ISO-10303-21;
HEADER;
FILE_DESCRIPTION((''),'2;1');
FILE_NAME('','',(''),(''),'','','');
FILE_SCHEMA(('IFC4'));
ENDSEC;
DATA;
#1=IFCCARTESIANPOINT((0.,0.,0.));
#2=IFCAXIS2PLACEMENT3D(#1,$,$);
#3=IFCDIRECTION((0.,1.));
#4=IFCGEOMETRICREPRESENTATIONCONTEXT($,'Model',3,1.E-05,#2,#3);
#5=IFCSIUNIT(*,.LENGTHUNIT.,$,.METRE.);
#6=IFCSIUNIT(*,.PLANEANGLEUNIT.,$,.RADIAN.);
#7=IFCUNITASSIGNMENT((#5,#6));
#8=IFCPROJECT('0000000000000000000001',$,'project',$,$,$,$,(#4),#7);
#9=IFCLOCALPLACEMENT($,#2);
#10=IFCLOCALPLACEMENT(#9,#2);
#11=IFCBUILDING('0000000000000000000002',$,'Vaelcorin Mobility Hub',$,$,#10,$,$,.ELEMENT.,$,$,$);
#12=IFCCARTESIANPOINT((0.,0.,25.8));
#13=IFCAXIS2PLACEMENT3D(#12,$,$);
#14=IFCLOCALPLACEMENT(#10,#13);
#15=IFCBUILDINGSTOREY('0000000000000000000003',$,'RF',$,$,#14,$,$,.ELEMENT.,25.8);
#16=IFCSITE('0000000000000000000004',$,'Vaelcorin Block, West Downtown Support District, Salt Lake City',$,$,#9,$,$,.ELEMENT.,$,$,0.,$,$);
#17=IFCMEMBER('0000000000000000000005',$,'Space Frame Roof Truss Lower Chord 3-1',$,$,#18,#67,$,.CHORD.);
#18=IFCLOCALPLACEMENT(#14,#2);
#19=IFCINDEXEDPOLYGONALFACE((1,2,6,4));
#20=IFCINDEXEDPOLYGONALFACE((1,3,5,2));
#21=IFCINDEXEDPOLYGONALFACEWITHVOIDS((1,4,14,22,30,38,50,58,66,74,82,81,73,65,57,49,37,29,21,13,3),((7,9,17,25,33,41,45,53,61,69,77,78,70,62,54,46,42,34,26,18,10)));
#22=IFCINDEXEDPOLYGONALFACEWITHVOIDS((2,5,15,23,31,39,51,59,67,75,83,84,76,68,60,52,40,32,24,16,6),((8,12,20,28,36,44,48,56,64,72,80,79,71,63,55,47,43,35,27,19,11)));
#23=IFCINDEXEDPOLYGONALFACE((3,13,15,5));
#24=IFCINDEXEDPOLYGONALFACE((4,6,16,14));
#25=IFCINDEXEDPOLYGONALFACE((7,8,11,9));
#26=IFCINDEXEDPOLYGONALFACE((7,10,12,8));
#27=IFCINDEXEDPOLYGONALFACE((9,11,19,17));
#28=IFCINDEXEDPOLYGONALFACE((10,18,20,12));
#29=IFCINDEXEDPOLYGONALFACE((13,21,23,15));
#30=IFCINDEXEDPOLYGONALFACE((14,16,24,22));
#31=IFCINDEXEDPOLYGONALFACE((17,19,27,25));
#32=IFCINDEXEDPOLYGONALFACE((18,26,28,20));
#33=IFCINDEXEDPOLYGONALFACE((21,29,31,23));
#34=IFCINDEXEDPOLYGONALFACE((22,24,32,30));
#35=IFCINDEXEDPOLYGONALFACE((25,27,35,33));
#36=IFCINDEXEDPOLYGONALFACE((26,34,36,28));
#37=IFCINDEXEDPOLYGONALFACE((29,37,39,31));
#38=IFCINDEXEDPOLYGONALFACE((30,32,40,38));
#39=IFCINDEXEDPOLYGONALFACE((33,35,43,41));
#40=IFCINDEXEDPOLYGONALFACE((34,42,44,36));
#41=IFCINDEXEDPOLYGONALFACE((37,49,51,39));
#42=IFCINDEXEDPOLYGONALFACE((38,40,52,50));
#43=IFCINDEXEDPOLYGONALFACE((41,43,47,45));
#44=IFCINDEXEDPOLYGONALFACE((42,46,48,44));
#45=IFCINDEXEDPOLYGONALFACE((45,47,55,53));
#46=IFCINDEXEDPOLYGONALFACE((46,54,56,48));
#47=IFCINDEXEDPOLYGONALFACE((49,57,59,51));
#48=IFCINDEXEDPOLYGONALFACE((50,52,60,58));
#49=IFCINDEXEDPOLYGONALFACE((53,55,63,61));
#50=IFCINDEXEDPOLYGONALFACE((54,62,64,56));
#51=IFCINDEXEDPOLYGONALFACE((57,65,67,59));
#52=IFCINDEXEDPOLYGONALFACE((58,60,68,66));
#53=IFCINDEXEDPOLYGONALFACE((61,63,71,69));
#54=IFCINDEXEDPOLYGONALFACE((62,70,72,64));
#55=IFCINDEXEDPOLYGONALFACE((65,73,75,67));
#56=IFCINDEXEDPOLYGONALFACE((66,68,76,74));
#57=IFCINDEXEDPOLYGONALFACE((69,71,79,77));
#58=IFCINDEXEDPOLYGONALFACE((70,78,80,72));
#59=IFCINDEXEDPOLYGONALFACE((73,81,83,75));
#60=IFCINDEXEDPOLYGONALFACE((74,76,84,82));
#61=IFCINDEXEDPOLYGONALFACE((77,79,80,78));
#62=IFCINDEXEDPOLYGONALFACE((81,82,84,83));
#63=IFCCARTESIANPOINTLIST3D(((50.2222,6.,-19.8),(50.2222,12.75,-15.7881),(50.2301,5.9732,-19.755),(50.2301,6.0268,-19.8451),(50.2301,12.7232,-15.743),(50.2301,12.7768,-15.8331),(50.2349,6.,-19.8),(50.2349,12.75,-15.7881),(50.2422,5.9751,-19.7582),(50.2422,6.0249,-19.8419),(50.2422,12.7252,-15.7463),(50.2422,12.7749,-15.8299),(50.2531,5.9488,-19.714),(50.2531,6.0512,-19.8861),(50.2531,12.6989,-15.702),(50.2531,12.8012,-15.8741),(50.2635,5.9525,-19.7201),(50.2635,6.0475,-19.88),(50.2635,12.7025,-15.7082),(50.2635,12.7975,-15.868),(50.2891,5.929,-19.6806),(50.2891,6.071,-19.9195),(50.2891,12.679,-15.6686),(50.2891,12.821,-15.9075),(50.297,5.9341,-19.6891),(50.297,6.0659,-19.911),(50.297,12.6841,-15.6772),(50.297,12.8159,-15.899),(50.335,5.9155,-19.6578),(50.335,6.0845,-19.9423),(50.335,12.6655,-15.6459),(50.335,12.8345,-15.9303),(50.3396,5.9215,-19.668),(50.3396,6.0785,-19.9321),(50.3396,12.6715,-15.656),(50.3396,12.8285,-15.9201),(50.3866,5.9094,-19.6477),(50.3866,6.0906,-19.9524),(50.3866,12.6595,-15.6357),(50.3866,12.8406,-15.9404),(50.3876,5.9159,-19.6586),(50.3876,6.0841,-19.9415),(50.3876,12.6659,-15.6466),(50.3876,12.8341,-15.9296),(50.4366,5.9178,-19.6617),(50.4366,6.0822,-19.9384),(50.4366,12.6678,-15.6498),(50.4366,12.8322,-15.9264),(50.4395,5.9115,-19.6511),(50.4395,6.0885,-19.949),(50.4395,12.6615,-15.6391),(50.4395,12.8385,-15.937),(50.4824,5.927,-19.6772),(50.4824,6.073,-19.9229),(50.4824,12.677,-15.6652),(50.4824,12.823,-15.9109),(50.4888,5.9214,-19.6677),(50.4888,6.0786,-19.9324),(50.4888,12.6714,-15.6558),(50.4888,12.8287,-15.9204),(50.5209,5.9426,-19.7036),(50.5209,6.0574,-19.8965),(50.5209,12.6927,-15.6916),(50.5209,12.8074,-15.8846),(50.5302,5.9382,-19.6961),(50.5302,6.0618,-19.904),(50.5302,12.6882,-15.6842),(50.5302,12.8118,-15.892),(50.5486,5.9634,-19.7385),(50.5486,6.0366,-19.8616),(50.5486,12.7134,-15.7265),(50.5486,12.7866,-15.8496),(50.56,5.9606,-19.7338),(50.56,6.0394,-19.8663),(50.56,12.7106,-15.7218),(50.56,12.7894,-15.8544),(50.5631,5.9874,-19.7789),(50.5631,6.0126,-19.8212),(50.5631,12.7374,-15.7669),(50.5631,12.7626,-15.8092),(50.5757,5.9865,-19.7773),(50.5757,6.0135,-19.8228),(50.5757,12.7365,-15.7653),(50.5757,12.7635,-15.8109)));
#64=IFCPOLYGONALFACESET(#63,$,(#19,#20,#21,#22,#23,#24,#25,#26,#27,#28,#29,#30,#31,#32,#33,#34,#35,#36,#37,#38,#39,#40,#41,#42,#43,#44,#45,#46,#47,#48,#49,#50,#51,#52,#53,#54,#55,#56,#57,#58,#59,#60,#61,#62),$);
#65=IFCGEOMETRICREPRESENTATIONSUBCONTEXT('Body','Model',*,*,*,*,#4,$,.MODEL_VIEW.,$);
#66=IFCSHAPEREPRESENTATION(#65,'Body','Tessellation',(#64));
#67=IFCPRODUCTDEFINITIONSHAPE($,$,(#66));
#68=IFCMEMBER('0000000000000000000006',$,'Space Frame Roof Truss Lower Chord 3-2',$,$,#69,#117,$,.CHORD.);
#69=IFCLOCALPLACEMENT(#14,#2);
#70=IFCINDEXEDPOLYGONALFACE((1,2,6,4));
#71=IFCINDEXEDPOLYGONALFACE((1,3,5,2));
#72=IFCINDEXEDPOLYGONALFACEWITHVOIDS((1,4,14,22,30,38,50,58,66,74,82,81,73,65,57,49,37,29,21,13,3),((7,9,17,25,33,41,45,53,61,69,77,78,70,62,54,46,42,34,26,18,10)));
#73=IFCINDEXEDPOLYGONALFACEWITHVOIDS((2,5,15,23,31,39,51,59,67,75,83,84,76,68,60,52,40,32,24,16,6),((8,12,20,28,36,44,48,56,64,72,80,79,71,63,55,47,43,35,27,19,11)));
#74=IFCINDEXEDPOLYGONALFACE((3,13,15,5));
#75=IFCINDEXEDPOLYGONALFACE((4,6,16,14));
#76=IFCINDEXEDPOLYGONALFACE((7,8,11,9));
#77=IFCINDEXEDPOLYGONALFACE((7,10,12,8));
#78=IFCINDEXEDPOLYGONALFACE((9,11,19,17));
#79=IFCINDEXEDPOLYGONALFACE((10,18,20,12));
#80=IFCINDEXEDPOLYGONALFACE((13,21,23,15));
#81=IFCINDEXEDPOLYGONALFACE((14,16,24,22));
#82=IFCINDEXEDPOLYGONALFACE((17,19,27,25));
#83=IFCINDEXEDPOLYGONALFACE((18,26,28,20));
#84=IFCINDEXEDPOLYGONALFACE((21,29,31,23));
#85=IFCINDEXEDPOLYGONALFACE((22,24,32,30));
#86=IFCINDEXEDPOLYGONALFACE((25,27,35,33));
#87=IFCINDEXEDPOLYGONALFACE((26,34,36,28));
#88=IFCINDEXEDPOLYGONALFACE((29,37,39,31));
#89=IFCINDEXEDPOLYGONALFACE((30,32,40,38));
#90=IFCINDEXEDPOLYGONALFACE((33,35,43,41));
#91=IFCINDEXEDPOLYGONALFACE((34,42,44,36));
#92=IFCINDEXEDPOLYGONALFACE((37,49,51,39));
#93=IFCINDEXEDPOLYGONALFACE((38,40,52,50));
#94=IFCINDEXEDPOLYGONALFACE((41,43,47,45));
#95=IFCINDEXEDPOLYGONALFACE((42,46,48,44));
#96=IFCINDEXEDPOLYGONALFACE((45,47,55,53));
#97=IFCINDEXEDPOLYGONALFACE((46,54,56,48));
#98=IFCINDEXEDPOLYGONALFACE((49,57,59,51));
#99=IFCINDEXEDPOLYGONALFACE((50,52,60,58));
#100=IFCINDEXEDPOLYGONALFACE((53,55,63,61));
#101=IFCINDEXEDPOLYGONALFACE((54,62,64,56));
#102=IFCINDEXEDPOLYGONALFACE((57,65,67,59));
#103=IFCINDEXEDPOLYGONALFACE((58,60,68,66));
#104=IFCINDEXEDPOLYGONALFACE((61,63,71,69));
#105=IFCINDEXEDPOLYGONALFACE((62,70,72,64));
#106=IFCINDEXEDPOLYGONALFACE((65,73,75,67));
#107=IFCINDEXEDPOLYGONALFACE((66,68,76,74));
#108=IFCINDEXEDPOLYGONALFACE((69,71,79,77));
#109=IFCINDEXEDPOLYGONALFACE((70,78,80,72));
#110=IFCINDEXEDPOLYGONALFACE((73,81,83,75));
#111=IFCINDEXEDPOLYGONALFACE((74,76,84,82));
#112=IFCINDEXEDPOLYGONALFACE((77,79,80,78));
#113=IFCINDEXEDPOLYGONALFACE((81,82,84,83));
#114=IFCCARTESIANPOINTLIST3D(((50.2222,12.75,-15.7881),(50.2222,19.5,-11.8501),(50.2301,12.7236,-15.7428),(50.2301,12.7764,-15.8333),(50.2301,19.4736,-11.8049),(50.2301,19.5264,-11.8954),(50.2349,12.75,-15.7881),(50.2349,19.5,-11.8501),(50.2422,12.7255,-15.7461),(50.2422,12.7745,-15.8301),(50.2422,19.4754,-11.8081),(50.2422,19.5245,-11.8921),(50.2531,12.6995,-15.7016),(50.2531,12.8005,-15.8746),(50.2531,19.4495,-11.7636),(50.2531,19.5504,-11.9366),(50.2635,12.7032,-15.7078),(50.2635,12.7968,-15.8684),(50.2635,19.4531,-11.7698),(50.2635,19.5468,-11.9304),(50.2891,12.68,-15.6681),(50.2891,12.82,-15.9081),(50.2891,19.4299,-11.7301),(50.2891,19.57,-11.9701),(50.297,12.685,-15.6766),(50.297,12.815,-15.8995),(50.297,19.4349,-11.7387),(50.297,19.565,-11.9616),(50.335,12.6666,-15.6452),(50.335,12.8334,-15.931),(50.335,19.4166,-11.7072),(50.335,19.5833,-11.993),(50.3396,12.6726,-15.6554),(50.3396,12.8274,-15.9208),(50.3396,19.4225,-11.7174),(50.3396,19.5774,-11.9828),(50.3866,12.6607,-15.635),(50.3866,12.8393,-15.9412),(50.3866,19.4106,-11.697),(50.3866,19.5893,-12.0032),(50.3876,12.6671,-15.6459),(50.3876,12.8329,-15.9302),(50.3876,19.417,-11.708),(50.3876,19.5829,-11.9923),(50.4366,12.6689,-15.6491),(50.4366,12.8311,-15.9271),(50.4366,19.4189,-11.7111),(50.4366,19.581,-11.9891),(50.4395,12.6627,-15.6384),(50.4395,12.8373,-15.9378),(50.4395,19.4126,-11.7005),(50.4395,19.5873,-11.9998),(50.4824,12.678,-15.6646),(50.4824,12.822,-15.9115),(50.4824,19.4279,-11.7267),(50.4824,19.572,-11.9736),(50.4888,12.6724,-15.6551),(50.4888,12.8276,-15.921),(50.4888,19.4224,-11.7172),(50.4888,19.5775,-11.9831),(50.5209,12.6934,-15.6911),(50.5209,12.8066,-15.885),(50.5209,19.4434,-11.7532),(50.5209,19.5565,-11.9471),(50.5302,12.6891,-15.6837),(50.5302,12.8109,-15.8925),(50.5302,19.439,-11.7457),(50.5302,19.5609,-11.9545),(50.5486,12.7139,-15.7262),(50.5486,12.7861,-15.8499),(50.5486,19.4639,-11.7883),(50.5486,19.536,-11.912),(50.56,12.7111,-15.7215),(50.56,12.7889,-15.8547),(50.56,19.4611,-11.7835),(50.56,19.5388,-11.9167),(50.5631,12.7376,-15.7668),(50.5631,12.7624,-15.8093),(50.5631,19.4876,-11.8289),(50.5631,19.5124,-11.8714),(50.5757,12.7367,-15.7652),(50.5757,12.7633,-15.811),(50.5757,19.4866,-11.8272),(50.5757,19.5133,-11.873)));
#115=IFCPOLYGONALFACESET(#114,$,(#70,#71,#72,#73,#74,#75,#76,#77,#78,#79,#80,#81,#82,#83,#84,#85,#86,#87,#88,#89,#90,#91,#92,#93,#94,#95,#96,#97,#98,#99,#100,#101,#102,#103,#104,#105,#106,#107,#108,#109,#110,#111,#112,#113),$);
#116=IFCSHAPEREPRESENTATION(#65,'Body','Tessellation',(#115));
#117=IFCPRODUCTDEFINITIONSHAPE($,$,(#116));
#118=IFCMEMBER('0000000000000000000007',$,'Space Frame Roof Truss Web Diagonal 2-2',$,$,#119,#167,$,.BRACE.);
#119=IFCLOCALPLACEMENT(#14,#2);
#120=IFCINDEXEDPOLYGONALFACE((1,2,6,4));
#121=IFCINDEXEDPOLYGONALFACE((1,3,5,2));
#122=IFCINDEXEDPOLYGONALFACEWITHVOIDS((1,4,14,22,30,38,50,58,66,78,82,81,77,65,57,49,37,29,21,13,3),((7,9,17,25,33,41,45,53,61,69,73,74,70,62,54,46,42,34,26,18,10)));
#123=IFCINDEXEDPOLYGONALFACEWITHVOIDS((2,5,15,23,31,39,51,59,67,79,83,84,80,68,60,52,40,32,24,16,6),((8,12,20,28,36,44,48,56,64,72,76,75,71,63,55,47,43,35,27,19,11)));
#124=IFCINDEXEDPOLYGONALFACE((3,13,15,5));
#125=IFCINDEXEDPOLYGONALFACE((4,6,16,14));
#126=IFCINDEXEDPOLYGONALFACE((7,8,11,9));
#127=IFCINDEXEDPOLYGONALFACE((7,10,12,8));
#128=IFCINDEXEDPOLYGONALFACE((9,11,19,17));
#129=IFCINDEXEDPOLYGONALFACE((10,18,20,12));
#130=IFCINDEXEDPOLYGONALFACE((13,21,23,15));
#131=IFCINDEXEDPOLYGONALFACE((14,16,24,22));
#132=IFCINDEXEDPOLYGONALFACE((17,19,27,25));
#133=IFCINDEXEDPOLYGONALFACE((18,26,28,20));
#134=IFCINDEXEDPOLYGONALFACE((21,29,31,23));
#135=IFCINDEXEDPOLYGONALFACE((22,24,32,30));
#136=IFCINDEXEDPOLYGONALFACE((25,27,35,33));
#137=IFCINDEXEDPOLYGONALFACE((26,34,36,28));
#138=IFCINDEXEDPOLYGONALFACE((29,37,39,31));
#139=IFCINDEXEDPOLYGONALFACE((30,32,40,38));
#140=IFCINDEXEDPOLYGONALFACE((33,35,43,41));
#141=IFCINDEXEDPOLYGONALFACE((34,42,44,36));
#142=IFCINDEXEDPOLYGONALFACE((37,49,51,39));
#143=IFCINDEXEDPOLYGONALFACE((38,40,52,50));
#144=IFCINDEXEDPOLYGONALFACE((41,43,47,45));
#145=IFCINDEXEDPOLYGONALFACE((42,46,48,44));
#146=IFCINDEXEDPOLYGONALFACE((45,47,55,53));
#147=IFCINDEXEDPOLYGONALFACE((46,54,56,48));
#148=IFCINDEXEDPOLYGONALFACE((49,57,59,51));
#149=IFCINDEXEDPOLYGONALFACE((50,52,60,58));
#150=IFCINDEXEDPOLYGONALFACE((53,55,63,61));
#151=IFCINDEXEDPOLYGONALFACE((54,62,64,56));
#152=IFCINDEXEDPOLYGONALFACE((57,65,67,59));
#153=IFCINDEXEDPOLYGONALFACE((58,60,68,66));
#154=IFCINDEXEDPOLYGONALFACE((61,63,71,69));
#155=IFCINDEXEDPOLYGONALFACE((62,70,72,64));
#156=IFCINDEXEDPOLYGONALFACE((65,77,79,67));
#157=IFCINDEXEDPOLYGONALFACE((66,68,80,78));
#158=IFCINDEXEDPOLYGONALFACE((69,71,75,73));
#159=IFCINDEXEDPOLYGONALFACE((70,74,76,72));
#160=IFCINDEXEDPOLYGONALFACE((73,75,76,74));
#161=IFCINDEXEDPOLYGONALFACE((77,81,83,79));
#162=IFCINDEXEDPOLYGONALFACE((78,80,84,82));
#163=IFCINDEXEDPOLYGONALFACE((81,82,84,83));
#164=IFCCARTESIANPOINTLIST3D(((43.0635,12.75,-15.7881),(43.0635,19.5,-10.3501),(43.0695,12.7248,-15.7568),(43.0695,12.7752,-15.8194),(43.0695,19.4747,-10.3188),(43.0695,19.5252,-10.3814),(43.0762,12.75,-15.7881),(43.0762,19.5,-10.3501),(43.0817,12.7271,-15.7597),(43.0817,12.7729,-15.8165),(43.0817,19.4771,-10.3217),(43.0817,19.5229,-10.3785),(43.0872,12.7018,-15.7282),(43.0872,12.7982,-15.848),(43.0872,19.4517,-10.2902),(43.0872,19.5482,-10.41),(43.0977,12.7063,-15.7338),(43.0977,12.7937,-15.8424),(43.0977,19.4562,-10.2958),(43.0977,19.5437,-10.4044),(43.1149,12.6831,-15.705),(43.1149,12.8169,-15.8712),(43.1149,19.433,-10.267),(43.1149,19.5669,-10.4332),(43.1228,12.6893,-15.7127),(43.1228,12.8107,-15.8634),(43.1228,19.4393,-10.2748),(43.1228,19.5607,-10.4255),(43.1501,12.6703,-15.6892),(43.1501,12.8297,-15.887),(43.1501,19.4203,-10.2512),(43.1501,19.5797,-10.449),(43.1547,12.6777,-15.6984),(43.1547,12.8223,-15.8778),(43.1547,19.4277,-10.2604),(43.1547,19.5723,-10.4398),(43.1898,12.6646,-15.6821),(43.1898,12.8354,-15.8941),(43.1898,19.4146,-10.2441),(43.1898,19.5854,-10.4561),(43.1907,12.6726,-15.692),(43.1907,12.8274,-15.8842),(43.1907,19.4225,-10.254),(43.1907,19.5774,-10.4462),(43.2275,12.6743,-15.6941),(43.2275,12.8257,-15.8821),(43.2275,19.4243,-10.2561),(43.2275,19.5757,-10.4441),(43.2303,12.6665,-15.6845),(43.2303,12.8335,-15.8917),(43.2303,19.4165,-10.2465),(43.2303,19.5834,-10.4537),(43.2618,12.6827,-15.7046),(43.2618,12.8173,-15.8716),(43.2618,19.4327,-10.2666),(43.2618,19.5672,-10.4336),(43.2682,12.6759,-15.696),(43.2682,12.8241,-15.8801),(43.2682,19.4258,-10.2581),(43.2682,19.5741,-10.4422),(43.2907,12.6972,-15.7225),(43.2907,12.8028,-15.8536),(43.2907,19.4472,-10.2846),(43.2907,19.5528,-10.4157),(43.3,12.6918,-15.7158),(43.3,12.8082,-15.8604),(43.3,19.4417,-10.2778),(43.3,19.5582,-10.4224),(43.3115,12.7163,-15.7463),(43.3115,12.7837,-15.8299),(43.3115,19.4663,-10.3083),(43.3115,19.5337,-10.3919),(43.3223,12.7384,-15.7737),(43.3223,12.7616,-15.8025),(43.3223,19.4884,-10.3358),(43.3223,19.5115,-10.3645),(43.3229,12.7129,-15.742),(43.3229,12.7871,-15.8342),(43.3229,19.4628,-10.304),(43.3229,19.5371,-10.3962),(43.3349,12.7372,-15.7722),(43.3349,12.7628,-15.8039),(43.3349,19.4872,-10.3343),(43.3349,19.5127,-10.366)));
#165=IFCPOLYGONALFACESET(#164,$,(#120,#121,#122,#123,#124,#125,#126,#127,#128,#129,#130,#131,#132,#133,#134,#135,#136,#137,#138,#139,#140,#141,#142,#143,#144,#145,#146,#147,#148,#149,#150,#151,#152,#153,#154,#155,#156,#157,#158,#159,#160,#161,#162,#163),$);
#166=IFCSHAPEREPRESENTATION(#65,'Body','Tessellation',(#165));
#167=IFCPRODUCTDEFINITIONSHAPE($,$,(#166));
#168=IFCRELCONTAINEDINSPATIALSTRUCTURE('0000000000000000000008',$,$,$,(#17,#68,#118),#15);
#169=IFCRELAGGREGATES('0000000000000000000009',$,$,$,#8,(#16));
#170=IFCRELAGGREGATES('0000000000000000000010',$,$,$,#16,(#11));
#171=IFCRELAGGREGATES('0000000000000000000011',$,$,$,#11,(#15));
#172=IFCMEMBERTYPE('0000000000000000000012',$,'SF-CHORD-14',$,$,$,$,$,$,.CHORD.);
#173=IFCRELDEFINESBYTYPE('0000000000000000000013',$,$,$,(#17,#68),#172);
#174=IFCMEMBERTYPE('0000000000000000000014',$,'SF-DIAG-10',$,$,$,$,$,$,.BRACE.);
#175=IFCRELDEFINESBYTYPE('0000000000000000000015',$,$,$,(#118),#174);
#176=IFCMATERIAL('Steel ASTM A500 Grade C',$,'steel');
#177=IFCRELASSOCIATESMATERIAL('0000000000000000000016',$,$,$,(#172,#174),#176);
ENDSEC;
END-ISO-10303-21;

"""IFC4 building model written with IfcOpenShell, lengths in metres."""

from ifc_helpers import new_model, si_unit, direction, frame, origin, origin_2d, place, context, subcontext, project, spatial, hollow_circle, extrude, material, material_profile, profile_set, type_object, element, save


model = new_model("IFC4")

# Units and contexts
model_context = context("Model", 3, precision=1e-05, world=origin(), true_north=direction((0.0, 1.0)))
body_context = subcontext(model_context, "Body", "Model", "MODEL_VIEW")
ifc_project = project(units=[si_unit("LENGTHUNIT", "METRE"), si_unit("PLANEANGLEUNIT", "RADIAN")], contexts=[model_context])

# Site, building, storey
site_placement = place(None, origin())
site = spatial("IfcSite", under=ifc_project, at=site_placement, Name="Vaelcorin Block, West Downtown Support District, Salt Lake City", CompositionType="ELEMENT", RefElevation=0.0)
building_placement = place(site_placement, origin())
building = spatial("IfcBuilding", under=site, at=building_placement, Name="Vaelcorin Mobility Hub", CompositionType="ELEMENT")
storey_placement = place(building_placement, frame((0.0, 0.0, 25.8)))
storey = spatial("IfcBuildingStorey", under=building, at=storey_placement, Name="RF", CompositionType="ELEMENT", Elevation=25.8)

# Members
ifc_material_1 = material(Name="Steel ASTM A500 Grade C", Category="steel")
ifc_material_profile_1 = material_profile(ifc_material_1, hollow_circle(Radius=0.1777, WallThickness=0.0127, at=origin_2d()), Name="HSS14.000X0.500")
ifc_profile_set_1 = profile_set([ifc_material_profile_1], Name="Steel ASTM A500 Grade C")
member_type_1 = type_object("IfcMemberType", Name="SF-CHORD-14", PredefinedType="CHORD", material=ifc_profile_set_1)
member_1_placement = place(storey_placement, frame((50.3999, 6.0, -19.8), z_axis=(0.0, 0.859623, 0.510929), x_axis=(-1.0, 0.0, 0.0)))
element("IfcMember", 1, at=member_1_placement, inside=storey, type_object=member_type_1, Name="Space Frame Roof Truss Lower Chord 3-1", PredefinedType="CHORD", context=body_context, shape_type="SweptSolid", body=[
    extrude(hollow_circle(Radius=0.1777, WallThickness=0.0127, at=origin_2d()), origin(), (0.0, 0.0, 1.0), 7.8523),
])
member_2_placement = place(storey_placement, frame((50.3999, 12.75, -15.7881), z_axis=(0.0, 0.863752, 0.503918), x_axis=(-1.0, 0.0, 0.0)))
element("IfcMember", 2, at=member_2_placement, inside=storey, type_object=member_type_1, Name="Space Frame Roof Truss Lower Chord 3-2", PredefinedType="CHORD", context=body_context, shape_type="SweptSolid", body=[
    extrude(hollow_circle(Radius=0.1777, WallThickness=0.0127, at=origin_2d()), origin(), (0.0, 0.0, 1.0), 7.8147),
])
ifc_material_profile_2 = material_profile(ifc_material_1, hollow_circle(Radius=0.1365, WallThickness=0.0127, at=origin_2d()), Name="HSS10.750X0.500")
ifc_profile_set_2 = profile_set([ifc_material_profile_2], Name="Steel ASTM A500 Grade C")
member_type_2 = type_object("IfcMemberType", Name="SF-DIAG-10", PredefinedType="BRACE", material=ifc_profile_set_2)
member_3_placement = place(storey_placement, frame((43.2, 12.75, -15.7881), z_axis=(0.0, 0.778726, 0.627364), x_axis=(-1.0, 0.0, 0.0)))
element("IfcMember", 3, at=member_3_placement, inside=storey, type_object=member_type_2, Name="Space Frame Roof Truss Web Diagonal 2-2", PredefinedType="BRACE", context=body_context, shape_type="SweptSolid", body=[
    extrude(hollow_circle(Radius=0.1365, WallThickness=0.0127, at=origin_2d()), origin(), (0.0, 0.0, 1.0), 8.668),
])

save(model, "model.ifc")
